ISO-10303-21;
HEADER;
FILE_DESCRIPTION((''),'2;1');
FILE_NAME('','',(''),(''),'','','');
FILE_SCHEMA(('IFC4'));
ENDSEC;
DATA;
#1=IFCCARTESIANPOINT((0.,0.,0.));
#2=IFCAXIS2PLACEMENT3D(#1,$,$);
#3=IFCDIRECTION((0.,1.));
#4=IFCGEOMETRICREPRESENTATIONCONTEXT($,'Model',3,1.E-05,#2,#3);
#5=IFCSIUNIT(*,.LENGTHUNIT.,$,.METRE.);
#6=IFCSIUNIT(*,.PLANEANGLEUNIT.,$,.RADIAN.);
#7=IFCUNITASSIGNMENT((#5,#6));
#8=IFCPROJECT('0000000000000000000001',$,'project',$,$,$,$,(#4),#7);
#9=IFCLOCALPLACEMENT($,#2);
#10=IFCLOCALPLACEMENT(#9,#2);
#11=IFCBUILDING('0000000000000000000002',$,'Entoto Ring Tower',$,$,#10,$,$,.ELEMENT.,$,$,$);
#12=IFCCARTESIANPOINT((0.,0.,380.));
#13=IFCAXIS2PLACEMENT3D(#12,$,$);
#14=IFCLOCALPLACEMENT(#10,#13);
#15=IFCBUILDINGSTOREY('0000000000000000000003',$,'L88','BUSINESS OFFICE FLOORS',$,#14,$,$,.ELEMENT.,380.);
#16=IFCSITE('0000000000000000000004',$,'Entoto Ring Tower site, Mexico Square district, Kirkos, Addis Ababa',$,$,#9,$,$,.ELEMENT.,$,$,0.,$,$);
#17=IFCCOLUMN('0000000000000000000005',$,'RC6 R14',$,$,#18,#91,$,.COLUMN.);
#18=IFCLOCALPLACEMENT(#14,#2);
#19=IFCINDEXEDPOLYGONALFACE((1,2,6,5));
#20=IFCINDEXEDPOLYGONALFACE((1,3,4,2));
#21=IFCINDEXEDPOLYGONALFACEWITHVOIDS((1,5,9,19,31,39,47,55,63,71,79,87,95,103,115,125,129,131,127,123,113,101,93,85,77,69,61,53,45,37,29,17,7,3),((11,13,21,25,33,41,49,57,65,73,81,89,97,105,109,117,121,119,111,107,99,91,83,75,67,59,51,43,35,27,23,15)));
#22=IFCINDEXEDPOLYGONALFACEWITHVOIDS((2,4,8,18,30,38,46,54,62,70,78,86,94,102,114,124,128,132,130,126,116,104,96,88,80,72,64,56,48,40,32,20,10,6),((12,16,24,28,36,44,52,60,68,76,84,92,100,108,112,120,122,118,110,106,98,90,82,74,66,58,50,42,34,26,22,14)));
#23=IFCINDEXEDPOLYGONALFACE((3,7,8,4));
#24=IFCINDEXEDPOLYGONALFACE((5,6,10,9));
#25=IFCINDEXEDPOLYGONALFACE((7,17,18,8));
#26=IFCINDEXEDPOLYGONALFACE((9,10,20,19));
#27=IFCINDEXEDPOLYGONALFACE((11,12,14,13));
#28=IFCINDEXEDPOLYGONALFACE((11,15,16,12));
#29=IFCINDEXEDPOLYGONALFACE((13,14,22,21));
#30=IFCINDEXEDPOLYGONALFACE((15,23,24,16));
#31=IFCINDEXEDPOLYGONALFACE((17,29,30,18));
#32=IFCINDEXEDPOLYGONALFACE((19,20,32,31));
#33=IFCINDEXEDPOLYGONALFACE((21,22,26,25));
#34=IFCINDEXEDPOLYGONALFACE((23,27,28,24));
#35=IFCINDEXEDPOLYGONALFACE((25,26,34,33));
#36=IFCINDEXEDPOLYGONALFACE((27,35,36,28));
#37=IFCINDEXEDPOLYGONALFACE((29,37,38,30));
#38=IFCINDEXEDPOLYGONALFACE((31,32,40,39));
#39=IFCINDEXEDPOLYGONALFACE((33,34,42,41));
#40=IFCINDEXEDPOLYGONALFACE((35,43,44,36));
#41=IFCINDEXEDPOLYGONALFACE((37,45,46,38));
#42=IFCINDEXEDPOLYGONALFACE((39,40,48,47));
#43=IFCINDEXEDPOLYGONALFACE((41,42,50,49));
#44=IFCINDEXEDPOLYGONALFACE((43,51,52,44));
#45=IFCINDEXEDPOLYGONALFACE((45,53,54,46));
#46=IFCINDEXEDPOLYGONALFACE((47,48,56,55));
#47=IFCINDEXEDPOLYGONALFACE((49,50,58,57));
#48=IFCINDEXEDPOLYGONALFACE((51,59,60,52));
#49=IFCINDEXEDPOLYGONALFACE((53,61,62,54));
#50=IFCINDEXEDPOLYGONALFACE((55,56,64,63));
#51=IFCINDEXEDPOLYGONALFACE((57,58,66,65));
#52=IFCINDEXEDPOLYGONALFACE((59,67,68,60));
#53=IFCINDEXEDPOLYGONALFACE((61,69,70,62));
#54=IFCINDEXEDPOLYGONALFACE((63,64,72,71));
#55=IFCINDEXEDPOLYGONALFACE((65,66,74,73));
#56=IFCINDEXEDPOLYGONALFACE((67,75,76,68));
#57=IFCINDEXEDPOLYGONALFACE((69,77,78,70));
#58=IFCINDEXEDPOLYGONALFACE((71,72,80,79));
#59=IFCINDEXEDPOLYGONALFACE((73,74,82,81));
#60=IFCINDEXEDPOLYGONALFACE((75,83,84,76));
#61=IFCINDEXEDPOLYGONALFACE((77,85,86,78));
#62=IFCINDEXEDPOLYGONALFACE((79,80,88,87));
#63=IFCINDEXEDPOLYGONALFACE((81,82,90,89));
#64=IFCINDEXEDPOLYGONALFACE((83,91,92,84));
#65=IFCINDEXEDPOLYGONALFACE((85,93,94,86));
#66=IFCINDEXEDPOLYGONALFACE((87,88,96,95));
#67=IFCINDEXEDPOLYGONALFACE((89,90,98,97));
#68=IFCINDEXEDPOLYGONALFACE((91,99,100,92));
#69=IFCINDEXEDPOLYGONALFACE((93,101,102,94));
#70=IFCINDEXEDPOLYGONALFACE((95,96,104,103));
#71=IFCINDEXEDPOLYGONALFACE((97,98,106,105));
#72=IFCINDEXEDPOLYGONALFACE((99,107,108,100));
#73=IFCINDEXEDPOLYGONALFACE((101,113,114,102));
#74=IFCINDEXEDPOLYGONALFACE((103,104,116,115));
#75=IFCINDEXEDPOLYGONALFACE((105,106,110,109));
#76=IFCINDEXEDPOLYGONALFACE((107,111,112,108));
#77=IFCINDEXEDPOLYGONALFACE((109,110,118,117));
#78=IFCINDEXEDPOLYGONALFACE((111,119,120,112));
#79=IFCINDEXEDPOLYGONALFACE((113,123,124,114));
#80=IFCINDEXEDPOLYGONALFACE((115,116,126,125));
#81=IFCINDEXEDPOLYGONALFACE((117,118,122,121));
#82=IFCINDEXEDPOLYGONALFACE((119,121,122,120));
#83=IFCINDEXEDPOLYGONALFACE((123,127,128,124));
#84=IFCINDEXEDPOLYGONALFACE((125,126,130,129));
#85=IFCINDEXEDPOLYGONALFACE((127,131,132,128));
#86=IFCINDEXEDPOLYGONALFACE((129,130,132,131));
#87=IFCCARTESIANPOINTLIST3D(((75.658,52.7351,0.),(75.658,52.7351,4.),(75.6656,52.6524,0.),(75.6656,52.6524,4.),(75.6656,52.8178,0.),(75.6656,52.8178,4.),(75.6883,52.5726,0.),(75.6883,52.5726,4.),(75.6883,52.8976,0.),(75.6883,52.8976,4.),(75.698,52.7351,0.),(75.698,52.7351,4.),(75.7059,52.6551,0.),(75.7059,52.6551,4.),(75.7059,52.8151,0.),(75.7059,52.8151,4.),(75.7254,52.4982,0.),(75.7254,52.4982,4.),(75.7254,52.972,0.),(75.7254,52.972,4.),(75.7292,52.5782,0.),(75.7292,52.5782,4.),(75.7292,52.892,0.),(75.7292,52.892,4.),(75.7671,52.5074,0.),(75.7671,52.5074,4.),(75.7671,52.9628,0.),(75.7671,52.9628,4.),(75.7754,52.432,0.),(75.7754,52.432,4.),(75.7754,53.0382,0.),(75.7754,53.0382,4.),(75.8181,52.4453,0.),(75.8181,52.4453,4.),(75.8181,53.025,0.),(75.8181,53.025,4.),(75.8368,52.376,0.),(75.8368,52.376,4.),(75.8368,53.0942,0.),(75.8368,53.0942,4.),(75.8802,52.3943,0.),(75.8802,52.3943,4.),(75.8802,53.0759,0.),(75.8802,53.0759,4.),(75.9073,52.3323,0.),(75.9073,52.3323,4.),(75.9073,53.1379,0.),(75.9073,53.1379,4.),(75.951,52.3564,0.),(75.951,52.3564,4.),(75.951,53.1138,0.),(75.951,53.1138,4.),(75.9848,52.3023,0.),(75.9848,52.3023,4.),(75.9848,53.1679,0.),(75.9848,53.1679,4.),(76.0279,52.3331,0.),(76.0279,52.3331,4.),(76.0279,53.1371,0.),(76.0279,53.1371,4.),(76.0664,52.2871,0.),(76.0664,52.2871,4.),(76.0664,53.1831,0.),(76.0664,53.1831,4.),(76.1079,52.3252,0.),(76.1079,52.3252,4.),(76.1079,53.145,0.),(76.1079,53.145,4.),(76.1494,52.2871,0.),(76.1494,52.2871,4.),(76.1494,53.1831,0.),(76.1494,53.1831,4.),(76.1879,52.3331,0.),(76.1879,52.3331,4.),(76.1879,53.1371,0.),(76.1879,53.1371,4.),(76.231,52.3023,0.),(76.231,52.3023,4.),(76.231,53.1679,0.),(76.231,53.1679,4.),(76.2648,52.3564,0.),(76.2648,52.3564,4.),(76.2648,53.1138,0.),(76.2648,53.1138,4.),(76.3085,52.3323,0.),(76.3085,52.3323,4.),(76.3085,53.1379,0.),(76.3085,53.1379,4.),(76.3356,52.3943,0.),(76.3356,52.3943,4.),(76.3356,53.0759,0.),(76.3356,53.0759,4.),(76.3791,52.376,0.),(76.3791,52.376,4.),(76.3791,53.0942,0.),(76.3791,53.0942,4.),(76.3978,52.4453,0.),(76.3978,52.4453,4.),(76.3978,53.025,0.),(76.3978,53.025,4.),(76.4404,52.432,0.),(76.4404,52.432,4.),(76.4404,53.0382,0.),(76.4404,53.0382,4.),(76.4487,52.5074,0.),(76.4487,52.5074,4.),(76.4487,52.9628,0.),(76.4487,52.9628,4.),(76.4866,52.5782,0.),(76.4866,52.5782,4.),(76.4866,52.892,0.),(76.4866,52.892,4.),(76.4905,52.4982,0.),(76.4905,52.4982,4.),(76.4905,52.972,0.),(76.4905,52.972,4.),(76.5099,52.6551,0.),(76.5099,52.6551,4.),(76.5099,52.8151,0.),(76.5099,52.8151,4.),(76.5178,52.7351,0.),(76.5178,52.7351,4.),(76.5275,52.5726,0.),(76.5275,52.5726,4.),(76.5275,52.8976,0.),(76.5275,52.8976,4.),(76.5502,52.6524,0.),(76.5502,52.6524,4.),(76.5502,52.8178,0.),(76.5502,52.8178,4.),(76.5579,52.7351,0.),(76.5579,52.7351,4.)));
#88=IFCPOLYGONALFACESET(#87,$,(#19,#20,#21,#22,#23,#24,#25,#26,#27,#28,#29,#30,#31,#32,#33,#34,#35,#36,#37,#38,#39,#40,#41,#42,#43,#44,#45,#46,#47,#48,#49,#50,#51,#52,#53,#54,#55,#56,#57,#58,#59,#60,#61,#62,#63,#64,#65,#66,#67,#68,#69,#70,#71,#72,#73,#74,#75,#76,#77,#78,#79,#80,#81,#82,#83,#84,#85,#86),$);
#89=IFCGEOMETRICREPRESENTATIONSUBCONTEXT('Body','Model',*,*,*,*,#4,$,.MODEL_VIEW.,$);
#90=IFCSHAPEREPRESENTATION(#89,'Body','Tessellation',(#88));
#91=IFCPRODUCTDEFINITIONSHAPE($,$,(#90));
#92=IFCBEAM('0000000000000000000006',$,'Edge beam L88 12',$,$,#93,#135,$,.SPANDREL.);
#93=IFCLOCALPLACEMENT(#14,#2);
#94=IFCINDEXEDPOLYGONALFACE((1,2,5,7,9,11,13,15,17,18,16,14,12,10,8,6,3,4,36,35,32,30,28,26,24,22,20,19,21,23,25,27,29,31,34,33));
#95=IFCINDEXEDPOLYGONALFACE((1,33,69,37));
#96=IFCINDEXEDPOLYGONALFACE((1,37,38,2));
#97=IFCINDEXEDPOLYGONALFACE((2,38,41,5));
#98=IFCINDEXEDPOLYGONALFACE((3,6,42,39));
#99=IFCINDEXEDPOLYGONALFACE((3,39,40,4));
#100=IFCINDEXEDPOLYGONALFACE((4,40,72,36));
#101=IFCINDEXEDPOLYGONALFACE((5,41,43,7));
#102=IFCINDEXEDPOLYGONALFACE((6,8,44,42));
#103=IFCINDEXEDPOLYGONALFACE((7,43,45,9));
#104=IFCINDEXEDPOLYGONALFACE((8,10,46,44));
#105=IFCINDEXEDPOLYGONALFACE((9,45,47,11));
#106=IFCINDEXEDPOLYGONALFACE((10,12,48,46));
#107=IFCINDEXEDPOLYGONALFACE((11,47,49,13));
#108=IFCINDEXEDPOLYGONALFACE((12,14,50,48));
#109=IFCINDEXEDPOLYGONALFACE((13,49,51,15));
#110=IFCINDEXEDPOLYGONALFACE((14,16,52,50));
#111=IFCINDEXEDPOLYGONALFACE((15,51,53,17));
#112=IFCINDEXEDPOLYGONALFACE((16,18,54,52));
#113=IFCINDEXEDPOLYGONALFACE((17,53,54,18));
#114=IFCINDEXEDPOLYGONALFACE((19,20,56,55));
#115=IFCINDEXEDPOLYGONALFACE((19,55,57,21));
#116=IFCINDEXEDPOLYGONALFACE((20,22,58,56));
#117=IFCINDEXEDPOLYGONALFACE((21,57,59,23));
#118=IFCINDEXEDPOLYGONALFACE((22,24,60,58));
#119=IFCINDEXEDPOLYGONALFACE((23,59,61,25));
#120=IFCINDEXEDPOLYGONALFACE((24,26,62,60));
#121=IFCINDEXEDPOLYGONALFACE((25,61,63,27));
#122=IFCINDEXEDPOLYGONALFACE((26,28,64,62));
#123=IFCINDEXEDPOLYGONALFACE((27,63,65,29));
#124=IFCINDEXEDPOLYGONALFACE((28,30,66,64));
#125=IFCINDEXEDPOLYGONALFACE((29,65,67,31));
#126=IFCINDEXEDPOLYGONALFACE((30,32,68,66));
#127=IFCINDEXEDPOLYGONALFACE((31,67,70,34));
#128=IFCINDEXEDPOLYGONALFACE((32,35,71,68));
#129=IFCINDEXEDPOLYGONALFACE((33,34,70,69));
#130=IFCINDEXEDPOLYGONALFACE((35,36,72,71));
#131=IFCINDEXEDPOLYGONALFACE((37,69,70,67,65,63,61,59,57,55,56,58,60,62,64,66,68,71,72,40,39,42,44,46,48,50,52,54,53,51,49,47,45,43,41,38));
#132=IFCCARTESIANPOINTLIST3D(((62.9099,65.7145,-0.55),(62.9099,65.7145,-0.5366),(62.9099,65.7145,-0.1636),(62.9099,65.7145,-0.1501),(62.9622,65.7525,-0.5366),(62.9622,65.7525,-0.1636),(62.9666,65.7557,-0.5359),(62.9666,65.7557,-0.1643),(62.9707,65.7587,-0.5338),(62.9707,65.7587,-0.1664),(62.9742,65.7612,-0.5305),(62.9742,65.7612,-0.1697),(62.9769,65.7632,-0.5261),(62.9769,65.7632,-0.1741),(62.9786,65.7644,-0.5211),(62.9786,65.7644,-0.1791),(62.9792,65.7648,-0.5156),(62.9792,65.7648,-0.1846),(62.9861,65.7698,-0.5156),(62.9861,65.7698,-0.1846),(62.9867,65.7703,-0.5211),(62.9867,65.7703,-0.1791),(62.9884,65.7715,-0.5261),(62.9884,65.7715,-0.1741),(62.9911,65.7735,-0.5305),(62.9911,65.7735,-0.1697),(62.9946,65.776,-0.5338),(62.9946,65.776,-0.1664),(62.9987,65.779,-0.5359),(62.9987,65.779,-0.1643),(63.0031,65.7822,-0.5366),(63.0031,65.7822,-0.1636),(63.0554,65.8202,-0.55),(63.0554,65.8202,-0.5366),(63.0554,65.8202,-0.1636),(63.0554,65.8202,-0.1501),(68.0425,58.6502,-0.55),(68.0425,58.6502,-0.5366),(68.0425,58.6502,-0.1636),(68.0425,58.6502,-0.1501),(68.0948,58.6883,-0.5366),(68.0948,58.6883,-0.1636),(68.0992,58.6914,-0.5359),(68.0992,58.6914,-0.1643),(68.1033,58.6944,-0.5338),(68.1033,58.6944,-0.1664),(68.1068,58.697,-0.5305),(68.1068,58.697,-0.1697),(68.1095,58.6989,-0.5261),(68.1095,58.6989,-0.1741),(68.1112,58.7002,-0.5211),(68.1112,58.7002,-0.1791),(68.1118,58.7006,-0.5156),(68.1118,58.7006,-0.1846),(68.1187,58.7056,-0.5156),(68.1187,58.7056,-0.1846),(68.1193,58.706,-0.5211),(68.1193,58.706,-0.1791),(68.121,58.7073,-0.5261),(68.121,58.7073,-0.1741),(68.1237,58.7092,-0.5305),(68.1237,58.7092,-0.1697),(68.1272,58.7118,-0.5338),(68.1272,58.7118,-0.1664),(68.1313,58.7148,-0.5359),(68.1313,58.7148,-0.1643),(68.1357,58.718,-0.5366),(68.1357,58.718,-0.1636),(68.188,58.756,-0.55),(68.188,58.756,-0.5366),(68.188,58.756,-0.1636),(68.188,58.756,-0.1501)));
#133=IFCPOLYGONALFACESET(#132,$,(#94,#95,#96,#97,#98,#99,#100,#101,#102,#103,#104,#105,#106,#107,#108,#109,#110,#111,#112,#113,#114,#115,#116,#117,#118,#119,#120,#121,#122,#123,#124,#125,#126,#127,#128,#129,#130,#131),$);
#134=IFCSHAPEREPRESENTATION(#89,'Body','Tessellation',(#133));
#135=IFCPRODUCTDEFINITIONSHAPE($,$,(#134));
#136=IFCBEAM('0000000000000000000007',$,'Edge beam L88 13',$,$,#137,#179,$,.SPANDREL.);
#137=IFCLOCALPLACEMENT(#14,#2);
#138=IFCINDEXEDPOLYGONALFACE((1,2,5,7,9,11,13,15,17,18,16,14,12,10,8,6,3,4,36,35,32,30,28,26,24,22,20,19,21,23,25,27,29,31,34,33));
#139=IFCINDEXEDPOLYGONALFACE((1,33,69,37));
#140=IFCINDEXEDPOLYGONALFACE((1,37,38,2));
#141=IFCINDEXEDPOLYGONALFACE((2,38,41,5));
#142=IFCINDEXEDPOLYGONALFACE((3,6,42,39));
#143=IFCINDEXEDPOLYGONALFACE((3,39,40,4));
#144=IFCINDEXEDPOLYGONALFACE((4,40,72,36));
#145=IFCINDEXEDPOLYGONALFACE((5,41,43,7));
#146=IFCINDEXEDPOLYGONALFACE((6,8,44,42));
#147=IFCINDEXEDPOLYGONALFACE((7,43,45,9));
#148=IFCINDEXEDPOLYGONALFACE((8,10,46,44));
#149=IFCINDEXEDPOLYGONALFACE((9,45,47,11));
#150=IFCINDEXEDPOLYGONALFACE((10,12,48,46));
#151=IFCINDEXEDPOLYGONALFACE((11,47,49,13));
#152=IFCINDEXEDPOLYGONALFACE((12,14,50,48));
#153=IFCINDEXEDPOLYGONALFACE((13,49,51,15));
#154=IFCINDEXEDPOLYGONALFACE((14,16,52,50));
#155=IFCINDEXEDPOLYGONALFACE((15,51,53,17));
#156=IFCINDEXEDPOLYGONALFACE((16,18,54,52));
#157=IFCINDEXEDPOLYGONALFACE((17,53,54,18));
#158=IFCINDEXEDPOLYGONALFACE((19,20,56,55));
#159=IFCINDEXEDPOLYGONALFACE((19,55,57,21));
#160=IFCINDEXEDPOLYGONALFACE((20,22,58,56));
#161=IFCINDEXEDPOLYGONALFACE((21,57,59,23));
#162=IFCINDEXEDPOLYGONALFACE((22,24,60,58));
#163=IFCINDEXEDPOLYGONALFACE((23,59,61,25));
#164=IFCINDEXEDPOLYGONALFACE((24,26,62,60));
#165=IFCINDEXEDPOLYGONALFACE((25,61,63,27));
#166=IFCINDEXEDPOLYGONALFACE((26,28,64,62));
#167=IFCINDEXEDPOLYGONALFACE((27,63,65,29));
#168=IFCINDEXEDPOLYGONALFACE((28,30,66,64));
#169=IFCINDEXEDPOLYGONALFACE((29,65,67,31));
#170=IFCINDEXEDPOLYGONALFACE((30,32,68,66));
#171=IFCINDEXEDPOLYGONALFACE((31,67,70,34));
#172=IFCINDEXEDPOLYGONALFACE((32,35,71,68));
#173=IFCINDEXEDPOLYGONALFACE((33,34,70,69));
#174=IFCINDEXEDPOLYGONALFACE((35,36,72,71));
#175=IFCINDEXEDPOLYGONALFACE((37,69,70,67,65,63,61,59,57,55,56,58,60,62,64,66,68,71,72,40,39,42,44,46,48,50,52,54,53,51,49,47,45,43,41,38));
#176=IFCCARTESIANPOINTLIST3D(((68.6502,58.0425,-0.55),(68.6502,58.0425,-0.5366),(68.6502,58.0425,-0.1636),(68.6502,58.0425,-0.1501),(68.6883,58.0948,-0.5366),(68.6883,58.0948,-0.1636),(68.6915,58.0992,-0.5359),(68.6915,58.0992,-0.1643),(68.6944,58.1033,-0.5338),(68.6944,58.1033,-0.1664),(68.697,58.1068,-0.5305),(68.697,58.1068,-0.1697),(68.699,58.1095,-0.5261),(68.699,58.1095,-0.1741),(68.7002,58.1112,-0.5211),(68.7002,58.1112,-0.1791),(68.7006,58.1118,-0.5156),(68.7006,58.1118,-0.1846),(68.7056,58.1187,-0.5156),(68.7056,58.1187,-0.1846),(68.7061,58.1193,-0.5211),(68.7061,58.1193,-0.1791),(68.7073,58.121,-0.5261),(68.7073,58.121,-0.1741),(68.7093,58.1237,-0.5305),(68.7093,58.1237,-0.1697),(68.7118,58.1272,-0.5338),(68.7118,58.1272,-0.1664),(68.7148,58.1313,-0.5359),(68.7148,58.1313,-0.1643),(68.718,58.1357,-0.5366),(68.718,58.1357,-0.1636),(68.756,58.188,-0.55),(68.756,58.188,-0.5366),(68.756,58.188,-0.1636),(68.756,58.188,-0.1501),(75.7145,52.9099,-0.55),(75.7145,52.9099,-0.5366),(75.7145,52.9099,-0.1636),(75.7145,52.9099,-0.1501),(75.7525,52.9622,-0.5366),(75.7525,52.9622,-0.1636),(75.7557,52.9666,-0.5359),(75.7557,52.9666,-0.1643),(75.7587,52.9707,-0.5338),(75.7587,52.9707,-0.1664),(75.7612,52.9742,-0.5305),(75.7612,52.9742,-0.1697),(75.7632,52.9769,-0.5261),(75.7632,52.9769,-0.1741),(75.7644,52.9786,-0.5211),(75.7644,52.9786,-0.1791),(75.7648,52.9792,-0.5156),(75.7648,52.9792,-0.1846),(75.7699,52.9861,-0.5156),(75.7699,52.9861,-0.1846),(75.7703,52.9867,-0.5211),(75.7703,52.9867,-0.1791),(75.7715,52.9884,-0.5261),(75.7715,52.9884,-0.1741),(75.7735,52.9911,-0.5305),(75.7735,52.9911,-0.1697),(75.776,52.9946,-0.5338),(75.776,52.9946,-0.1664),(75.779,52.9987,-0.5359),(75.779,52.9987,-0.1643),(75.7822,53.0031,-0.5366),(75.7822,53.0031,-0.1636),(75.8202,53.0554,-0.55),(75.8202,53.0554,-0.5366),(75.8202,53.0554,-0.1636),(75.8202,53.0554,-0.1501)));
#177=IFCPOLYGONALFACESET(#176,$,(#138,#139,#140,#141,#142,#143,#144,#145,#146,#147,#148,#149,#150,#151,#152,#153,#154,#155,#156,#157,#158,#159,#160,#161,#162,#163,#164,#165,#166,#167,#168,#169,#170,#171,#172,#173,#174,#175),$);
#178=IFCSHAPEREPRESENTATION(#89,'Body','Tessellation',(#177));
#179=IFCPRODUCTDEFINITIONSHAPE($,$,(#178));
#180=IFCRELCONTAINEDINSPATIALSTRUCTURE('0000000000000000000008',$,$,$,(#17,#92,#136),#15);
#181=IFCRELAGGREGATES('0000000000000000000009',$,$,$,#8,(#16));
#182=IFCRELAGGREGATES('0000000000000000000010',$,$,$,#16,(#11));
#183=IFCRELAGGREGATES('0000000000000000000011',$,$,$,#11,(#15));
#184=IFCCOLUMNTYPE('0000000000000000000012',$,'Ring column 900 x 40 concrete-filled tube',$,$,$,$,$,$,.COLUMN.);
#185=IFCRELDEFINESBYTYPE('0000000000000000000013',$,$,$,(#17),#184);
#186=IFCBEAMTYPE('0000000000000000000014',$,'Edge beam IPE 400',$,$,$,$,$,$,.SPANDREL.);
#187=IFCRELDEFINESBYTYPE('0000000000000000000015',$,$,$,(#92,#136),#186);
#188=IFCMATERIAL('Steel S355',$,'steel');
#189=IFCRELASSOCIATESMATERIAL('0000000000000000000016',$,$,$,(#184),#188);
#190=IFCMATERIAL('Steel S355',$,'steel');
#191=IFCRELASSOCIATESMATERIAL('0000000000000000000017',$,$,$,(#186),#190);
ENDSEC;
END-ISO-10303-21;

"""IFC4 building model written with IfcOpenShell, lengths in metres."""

from ifc_helpers import new_model, si_unit, direction, frame, origin, origin_2d, place, context, subcontext, project, spatial, circle, hollow_circle, i_section, extrude, material, material_profile, profile_set, type_object, element, save


model = new_model("IFC4")

# Units and contexts
model_context = context("Model", 3, precision=1e-05, world=origin(), true_north=direction((0.0, 1.0)))
body_context = subcontext(model_context, "Body", "Model", "MODEL_VIEW")
ifc_project = project(units=[si_unit("LENGTHUNIT", "METRE"), si_unit("PLANEANGLEUNIT", "RADIAN")], contexts=[model_context])

# Site, building, storey
site_placement = place(None, origin())
site = spatial("IfcSite", under=ifc_project, at=site_placement, Name="Entoto Ring Tower site, Mexico Square district, Kirkos, Addis Ababa", CompositionType="ELEMENT", RefElevation=0.0)
building_placement = place(site_placement, origin())
building = spatial("IfcBuilding", under=site, at=building_placement, Name="Entoto Ring Tower", CompositionType="ELEMENT")
storey_placement = place(building_placement, frame((0.0, 0.0, 380.0)))
storey = spatial("IfcBuildingStorey", under=building, at=storey_placement, Name="L88", Description="BUSINESS OFFICE FLOORS", CompositionType="ELEMENT", Elevation=380.0)

# Column
ifc_material_1 = material(Name="Steel S355", Category="steel")
ifc_material_profile_1 = material_profile(ifc_material_1, hollow_circle(Radius=0.45, WallThickness=0.04, at=origin_2d()), Name="CHS 900 x 40")
ifc_material_2 = material(Name="Concrete C60/75", Category="concrete")
ifc_material_profile_2 = material_profile(ifc_material_2, circle(Radius=0.4099, at=origin_2d()), Name="Concrete C60/75 infill")
ifc_profile_set_1 = profile_set([ifc_material_profile_1, ifc_material_profile_2], Name="Steel S355")
column_type = type_object("IfcColumnType", Name="Ring column 900 x 40 concrete-filled tube", PredefinedType="COLUMN", material=ifc_profile_set_1)
for number, where, z_axis, x_axis, name in (
    (1, (76.1079, 52.7351, 0.0), (0.0, 0.0, 1.0), (1.0, 0.0, 0.0), "RC6 R14"),
):
    element("IfcColumn", number, at=place(storey_placement, frame(where, z_axis=z_axis, x_axis=x_axis)), inside=storey, type_object=column_type, Name=name, PredefinedType="COLUMN", context=body_context, shape_type="SweptSolid", body=[
        extrude(hollow_circle(Radius=0.45, WallThickness=0.04, at=origin_2d()), origin(), (0.0, 0.0, 1.0), 4.0),
    ])

# Beams
ifc_material_3 = material(Name="Steel S355", Category="steel")
ifc_material_profile_3 = material_profile(ifc_material_3, i_section(OverallWidth=0.1799, OverallDepth=0.3999, WebThickness=0.0085, FlangeThickness=0.0134, FilletRadius=0.021, at=origin_2d()), Name="IPE 400")
ifc_profile_set_2 = profile_set([ifc_material_profile_3], Name="Steel S355")
beam_type_1 = type_object("IfcBeamType", Name="Edge beam IPE 400", PredefinedType="SPANDREL", material=ifc_profile_set_2)
for number, where, z_axis, x_axis, name in (
    (2, (62.9827, 65.7673, -0.3501), (0.587794, -0.80901, 0.0), (0.80901, 0.587794, 0.0), "Edge beam L88 12"),
    (3, (68.7031, 58.1152, -0.3501), (0.80901, -0.587794, 0.0), (0.587794, 0.80901, 0.0), "Edge beam L88 13"),
):
    element("IfcBeam", number, at=place(storey_placement, frame(where, z_axis=z_axis, x_axis=x_axis)), inside=storey, type_object=beam_type_1, Name=name, PredefinedType="SPANDREL", context=body_context, shape_type="SweptSolid", body=[
        extrude(i_section(OverallWidth=0.1799, OverallDepth=0.3999, WebThickness=0.0085, FlangeThickness=0.0134, FilletRadius=0.021, at=origin_2d()), origin(), (0.0, 0.0, 1.0), 8.7319),
    ])

save(model, "model.ifc")
